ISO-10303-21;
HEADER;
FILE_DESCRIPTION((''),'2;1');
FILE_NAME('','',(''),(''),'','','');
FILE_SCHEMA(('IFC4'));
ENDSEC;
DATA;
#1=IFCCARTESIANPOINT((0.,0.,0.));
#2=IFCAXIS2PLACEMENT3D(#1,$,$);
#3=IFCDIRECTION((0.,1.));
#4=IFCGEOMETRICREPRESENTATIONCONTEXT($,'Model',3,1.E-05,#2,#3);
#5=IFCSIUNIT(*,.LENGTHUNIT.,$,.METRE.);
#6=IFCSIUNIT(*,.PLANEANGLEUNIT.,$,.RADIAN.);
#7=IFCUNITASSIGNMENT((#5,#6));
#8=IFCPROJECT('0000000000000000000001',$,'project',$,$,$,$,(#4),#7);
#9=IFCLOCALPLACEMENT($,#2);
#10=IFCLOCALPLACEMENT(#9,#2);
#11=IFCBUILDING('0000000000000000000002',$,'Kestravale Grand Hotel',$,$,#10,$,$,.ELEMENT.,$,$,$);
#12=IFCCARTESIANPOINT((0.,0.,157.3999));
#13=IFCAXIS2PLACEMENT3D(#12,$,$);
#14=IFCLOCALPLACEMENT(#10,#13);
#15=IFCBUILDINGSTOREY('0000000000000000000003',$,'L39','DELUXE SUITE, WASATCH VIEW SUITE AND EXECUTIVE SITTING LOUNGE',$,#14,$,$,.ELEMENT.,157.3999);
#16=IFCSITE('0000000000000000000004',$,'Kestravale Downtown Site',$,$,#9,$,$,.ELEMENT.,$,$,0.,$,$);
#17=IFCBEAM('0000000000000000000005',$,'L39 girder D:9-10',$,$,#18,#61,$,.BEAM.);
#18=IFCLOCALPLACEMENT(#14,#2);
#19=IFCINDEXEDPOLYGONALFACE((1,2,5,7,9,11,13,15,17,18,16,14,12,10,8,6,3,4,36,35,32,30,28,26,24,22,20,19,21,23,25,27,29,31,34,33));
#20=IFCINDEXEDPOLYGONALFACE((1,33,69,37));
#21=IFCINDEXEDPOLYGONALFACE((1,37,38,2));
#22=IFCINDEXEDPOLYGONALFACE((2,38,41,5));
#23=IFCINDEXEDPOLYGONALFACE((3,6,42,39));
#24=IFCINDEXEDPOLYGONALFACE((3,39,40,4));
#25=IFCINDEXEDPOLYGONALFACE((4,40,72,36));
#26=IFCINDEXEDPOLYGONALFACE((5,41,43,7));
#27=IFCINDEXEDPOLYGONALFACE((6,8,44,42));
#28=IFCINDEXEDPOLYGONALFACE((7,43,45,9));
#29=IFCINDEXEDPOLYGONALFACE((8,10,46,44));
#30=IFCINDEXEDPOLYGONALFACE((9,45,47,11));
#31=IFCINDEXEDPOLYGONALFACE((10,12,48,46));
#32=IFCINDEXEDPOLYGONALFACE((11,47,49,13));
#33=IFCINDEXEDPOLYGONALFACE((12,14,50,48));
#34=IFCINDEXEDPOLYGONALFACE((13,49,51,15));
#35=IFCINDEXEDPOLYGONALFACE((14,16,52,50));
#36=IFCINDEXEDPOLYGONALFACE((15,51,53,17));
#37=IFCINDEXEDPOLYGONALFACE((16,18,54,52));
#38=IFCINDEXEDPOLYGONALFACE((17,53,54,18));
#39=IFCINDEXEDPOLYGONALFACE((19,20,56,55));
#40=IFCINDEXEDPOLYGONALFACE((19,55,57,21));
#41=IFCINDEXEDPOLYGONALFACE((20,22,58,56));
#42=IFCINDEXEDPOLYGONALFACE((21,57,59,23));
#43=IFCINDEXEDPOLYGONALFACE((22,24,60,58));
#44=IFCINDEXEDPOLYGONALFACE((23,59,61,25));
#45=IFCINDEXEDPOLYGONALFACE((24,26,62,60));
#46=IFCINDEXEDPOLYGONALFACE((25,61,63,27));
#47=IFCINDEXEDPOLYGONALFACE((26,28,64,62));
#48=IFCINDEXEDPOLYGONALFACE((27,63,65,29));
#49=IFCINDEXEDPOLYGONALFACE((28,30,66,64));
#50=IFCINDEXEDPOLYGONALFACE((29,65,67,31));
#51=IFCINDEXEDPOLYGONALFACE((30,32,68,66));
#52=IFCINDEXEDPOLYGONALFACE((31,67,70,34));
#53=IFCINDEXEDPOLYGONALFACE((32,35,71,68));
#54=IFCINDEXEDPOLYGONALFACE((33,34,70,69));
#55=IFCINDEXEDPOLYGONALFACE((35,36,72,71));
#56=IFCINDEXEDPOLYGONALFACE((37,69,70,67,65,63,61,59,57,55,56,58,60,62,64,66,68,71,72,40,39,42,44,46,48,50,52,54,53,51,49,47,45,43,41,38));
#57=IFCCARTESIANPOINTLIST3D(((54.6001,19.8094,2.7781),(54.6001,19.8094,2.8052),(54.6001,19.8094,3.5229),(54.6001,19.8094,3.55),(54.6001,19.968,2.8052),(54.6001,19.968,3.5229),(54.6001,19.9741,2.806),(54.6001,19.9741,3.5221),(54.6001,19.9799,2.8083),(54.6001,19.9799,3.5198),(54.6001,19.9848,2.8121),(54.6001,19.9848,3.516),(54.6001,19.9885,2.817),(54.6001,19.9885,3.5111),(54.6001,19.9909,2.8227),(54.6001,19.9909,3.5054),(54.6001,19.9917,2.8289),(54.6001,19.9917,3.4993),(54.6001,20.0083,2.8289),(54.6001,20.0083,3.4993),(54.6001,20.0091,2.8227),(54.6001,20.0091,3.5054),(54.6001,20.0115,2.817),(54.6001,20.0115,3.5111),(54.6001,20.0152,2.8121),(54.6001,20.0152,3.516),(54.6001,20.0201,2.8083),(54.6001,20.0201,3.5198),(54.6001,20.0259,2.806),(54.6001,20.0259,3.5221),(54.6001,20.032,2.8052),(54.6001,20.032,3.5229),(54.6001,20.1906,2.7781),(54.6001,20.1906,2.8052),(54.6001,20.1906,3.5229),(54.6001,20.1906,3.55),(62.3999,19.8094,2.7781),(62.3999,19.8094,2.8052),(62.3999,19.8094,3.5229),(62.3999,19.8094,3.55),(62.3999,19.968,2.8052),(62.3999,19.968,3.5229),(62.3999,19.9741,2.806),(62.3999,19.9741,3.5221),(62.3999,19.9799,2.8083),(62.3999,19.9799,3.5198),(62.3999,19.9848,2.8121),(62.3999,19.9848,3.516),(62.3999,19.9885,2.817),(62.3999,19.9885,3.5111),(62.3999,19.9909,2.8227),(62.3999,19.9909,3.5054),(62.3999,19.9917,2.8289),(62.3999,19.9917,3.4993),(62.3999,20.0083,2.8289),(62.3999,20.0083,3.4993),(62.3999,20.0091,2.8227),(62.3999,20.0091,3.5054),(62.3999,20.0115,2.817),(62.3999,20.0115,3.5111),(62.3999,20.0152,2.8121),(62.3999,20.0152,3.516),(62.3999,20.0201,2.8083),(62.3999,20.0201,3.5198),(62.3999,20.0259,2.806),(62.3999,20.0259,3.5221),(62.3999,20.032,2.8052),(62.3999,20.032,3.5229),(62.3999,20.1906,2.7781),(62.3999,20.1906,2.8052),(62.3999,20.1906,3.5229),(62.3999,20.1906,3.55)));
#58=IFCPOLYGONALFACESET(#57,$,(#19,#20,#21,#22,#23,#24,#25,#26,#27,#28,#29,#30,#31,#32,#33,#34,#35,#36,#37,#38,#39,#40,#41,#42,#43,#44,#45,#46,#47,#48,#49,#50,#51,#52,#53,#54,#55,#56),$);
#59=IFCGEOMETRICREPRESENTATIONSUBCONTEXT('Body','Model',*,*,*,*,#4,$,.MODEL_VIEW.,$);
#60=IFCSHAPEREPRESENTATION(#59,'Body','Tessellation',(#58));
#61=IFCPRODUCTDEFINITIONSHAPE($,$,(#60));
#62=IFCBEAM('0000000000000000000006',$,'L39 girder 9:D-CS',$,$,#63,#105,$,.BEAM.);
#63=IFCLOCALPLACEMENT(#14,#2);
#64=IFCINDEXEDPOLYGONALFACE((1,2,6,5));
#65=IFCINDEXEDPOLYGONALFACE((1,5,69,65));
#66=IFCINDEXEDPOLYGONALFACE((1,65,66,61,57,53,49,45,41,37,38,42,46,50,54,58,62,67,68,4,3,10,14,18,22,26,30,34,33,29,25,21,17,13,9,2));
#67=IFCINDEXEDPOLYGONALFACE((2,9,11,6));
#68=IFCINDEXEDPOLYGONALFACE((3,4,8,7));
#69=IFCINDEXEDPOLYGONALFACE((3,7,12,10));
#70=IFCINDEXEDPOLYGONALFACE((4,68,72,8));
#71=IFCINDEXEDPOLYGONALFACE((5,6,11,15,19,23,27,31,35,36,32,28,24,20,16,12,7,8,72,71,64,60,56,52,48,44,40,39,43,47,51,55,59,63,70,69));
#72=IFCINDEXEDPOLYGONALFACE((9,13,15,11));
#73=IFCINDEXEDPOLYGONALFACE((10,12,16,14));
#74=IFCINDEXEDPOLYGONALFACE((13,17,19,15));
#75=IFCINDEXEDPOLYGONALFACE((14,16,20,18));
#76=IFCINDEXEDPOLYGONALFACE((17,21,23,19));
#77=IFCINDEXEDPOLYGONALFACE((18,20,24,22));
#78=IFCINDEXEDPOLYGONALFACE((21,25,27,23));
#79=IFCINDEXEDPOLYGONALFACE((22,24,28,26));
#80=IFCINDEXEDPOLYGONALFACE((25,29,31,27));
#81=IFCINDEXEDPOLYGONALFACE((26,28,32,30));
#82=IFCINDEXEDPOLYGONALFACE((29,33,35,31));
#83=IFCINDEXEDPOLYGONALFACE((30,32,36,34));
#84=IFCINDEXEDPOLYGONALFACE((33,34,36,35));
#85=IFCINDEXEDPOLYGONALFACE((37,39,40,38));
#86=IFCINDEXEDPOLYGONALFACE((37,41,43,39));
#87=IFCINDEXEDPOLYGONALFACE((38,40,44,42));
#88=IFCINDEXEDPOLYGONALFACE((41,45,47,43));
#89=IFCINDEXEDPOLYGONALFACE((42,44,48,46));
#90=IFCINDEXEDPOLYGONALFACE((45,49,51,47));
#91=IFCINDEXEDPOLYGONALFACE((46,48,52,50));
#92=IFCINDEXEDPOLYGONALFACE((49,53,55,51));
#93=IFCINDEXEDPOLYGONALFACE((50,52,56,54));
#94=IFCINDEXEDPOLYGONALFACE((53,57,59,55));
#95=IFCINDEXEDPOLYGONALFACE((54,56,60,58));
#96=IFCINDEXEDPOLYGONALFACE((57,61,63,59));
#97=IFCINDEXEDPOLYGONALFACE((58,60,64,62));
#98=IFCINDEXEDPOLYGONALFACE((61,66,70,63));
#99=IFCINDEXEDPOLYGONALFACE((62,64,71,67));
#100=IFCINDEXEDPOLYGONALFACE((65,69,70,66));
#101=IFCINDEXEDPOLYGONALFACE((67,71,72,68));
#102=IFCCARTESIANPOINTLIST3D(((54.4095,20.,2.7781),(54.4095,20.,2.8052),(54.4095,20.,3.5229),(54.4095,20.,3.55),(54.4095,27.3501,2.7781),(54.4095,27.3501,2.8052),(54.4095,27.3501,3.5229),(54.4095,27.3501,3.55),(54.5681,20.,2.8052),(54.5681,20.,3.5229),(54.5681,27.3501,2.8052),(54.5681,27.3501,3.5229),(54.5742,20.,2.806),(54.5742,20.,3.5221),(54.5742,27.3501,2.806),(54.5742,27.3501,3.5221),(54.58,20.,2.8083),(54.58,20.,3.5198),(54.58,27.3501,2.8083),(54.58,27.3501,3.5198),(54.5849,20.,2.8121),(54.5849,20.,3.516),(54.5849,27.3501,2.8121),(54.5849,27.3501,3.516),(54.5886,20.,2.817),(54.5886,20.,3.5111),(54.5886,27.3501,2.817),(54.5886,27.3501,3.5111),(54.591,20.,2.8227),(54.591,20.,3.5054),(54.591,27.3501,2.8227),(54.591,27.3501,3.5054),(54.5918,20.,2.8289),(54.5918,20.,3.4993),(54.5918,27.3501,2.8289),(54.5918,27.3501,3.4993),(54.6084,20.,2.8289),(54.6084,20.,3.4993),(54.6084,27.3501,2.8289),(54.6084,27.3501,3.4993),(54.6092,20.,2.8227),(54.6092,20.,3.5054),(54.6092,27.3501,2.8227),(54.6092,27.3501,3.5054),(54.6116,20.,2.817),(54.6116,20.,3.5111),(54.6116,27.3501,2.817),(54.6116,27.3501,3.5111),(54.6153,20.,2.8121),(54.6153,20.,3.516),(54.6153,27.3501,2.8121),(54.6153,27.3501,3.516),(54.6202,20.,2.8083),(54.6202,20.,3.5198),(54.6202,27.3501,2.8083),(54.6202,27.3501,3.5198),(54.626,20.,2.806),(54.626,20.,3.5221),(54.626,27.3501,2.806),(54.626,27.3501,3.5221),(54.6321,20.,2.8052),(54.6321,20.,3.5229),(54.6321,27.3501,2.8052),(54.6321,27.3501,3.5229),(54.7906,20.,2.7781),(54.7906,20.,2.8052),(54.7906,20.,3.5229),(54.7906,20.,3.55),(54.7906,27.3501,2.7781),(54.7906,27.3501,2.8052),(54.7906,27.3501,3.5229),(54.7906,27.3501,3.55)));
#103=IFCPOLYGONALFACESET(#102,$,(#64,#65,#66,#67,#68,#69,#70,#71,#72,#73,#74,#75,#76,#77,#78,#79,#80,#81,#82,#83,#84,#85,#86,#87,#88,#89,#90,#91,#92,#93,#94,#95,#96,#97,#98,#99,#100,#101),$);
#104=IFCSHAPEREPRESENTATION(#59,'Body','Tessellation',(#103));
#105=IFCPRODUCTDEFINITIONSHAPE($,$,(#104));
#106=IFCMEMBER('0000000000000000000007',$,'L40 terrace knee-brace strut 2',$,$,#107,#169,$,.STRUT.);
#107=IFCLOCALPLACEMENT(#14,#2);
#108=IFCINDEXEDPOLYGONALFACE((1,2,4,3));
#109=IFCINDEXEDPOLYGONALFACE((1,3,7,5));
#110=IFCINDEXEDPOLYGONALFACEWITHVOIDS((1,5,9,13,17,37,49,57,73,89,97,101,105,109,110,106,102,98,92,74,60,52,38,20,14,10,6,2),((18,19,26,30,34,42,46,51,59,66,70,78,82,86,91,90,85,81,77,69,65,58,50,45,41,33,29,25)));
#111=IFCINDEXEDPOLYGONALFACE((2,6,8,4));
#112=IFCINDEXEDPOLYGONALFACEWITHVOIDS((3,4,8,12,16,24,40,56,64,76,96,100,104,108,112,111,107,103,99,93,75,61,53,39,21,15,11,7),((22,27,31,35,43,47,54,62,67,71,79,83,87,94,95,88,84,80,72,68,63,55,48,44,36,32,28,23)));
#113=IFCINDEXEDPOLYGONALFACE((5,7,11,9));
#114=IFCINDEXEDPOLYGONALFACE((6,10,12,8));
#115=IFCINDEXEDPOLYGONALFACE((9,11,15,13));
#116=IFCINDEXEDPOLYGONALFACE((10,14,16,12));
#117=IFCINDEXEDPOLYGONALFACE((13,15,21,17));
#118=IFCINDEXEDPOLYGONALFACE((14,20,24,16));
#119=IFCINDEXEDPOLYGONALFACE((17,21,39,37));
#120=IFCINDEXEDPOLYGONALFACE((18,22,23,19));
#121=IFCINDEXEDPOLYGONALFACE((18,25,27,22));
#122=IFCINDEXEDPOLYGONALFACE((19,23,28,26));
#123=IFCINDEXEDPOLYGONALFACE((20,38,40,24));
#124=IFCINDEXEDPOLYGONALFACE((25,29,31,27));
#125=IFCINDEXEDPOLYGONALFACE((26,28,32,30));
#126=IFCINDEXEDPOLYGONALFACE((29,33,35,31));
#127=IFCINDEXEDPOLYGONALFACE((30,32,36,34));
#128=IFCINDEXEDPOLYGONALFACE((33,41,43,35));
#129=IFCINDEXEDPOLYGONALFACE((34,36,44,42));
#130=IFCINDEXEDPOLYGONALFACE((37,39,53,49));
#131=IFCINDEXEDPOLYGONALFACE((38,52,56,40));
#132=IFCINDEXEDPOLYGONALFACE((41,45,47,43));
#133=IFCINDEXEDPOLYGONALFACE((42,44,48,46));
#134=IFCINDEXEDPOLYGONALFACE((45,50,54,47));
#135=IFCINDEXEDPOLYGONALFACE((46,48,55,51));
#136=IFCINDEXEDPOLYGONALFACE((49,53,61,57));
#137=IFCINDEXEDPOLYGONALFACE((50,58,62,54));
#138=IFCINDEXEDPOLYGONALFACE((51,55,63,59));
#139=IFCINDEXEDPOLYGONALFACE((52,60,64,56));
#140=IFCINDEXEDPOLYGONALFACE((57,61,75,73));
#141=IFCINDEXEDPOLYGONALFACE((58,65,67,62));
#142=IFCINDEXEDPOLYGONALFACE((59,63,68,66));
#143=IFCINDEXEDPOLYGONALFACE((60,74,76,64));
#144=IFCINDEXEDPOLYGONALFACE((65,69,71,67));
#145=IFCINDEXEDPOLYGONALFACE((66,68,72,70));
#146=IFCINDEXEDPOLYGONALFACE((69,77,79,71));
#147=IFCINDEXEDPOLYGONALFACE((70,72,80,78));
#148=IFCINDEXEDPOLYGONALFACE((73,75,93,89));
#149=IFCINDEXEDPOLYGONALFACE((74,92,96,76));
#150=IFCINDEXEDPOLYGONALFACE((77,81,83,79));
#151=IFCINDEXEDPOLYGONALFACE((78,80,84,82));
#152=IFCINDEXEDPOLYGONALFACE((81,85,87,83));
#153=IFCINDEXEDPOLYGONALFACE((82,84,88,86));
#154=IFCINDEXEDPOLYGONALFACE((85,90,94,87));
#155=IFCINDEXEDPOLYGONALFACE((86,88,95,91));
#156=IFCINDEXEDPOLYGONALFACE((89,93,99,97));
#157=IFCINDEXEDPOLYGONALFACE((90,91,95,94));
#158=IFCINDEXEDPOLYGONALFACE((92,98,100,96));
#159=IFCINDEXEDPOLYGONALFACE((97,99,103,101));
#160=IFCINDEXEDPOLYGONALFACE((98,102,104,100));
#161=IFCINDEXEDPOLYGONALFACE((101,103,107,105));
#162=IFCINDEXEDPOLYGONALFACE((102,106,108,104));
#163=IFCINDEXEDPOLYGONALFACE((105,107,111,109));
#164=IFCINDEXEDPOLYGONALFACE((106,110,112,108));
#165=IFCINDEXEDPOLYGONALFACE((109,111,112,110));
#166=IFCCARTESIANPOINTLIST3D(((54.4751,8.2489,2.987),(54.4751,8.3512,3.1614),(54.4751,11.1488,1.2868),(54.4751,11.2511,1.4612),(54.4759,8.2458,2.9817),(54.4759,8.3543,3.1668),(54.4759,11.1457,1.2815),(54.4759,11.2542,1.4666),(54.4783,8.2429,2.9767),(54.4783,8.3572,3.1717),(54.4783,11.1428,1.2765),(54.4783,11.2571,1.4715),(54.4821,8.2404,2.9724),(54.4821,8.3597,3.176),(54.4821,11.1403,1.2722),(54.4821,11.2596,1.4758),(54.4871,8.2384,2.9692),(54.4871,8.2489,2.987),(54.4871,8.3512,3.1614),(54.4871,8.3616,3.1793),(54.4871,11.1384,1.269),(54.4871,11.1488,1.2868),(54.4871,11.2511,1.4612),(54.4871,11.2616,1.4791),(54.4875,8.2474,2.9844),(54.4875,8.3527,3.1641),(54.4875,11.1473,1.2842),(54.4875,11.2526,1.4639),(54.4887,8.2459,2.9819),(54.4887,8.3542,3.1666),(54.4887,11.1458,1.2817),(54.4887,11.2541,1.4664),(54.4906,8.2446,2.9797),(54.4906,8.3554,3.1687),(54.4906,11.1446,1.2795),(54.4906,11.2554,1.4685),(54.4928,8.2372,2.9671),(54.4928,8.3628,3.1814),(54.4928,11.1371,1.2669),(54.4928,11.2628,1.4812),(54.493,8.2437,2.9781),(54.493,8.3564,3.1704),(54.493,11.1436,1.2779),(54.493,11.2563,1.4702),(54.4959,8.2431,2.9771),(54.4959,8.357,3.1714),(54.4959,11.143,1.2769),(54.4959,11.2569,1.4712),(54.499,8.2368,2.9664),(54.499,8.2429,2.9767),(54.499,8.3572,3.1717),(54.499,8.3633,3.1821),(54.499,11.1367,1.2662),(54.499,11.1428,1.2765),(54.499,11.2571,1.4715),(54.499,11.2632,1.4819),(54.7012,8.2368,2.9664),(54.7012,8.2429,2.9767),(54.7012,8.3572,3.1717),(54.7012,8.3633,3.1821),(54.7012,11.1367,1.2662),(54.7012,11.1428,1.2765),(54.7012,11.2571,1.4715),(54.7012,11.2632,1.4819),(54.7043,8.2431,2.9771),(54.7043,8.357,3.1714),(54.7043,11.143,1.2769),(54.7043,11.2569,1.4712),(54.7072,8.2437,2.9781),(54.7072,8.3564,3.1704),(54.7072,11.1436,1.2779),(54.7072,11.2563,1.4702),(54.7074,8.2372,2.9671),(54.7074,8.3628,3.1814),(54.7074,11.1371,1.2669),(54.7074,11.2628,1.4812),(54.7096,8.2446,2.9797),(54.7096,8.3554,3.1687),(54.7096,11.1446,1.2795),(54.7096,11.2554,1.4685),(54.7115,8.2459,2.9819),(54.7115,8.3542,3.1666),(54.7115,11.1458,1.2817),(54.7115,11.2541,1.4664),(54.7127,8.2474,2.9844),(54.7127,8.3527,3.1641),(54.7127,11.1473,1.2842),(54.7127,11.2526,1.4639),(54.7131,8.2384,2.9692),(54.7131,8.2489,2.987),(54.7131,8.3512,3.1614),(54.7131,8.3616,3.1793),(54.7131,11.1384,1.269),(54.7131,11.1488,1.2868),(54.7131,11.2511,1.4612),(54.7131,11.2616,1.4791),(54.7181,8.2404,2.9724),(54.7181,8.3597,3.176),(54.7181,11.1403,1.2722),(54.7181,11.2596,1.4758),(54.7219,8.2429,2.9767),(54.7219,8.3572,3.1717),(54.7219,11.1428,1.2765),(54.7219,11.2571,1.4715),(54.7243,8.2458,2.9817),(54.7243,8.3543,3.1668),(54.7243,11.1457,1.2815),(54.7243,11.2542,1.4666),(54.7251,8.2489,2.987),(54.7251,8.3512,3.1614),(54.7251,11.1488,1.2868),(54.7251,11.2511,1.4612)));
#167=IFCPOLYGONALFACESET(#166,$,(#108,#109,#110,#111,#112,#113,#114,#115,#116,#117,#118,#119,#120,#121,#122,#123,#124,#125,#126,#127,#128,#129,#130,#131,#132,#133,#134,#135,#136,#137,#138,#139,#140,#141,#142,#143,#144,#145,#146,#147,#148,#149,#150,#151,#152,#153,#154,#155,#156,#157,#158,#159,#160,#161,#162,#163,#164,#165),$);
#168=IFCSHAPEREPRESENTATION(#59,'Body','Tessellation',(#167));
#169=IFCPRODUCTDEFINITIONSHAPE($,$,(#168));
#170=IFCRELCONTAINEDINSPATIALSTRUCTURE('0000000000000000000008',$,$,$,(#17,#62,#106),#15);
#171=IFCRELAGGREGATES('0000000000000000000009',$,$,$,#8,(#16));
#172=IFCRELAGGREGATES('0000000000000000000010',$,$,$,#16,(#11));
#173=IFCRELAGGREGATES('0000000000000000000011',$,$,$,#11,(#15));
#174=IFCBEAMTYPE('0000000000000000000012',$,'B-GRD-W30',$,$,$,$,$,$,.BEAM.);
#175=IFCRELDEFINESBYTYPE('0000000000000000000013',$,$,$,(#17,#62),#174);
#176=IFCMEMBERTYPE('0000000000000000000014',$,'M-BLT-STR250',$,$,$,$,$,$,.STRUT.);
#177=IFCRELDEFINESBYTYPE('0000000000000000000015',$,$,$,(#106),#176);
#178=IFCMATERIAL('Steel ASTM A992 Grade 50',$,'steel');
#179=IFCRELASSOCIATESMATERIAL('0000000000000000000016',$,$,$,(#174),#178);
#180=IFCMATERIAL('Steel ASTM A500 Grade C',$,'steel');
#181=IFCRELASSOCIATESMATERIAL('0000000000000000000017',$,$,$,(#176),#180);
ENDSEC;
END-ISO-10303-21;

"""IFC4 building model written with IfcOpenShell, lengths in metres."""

from ifc_helpers import new_model, si_unit, direction, frame, origin, origin_2d, place, context, subcontext, project, spatial, hollow_rectangle, i_section, extrude, material, material_profile, profile_set, type_object, element, save


model = new_model("IFC4")

# Units and contexts
model_context = context("Model", 3, precision=1e-05, world=origin(), true_north=direction((0.0, 1.0)))
body_context = subcontext(model_context, "Body", "Model", "MODEL_VIEW")
ifc_project = project(units=[si_unit("LENGTHUNIT", "METRE"), si_unit("PLANEANGLEUNIT", "RADIAN")], contexts=[model_context])

# Site, building, storey
site_placement = place(None, origin())
site = spatial("IfcSite", under=ifc_project, at=site_placement, Name="Kestravale Downtown Site", CompositionType="ELEMENT", RefElevation=0.0)
building_placement = place(site_placement, origin())
building = spatial("IfcBuilding", under=site, at=building_placement, Name="Kestravale Grand Hotel", CompositionType="ELEMENT")
storey_placement = place(building_placement, frame((0.0, 0.0, 157.3999)))
storey = spatial("IfcBuildingStorey", under=building, at=storey_placement, Name="L39", Description="DELUXE SUITE, WASATCH VIEW SUITE AND EXECUTIVE SITTING LOUNGE", CompositionType="ELEMENT", Elevation=157.3999)

# Beams
ifc_material_1 = material(Name="Steel ASTM A992 Grade 50", Category="steel")
ifc_material_profile_1 = material_profile(ifc_material_1, i_section(OverallWidth=0.3811, OverallDepth=0.772, WebThickness=0.0166, FlangeThickness=0.0271, FilletRadius=0.0237, at=origin_2d()))
ifc_profile_set_1 = profile_set([ifc_material_profile_1], Name="Steel ASTM A992 Grade 50")
beam_type_1 = type_object("IfcBeamType", Name="B-GRD-W30", PredefinedType="BEAM", material=ifc_profile_set_1)
beam_1_placement = place(storey_placement, frame((54.6001, 20.0, 3.1641), z_axis=(1.0, 0.0, 0.0), x_axis=(0.0, 1.0, 0.0)))
element("IfcBeam", 1, at=beam_1_placement, inside=storey, type_object=beam_type_1, Name="L39 girder D:9-10", PredefinedType="BEAM", context=body_context, shape_type="SweptSolid", body=[
    extrude(i_section(OverallWidth=0.3811, OverallDepth=0.772, WebThickness=0.0166, FlangeThickness=0.0271, FilletRadius=0.0237, at=origin_2d()), origin(), (0.0, 0.0, 1.0), 7.7998),
])
beam_2_placement = place(storey_placement, frame((54.6001, 20.0, 3.1641), z_axis=(0.0, 1.0, 0.0), x_axis=(-1.0, 0.0, 0.0)))
element("IfcBeam", 2, at=beam_2_placement, inside=storey, type_object=beam_type_1, Name="L39 girder 9:D-CS", PredefinedType="BEAM", context=body_context, shape_type="SweptSolid", body=[
    extrude(i_section(OverallWidth=0.3811, OverallDepth=0.772, WebThickness=0.0166, FlangeThickness=0.0271, FilletRadius=0.0237, at=origin_2d()), origin(), (0.0, 0.0, 1.0), 7.3501),
])

# Member
ifc_material_2 = material(Name="Steel ASTM A500 Grade C", Category="steel")
ifc_material_profile_2 = material_profile(ifc_material_2, hollow_rectangle(XDim=0.25, YDim=0.25, WallThickness=0.012, InnerFilletRadius=0.012, OuterFilletRadius=0.0239, at=origin_2d()))
ifc_profile_set_2 = profile_set([ifc_material_profile_2], Name="Steel ASTM A500 Grade C")
member_type = type_object("IfcMemberType", Name="M-BLT-STR250", PredefinedType="STRUT", material=ifc_profile_set_2)
member_placement = place(storey_placement, frame((54.6001, 11.2, 1.374), z_axis=(0.0, -0.862665, 0.505775), x_axis=(1.0, 0.0, 0.0)))
element("IfcMember", 3, at=member_placement, inside=storey, type_object=member_type, Name="L40 terrace knee-brace strut 2", PredefinedType="STRUT", context=body_context, shape_type="SweptSolid", body=[
    extrude(hollow_rectangle(XDim=0.25, YDim=0.25, WallThickness=0.012, InnerFilletRadius=0.012, OuterFilletRadius=0.0239, at=origin_2d()), origin(), (0.0, 0.0, 1.0), 3.3616),
])

save(model, "model.ifc")
